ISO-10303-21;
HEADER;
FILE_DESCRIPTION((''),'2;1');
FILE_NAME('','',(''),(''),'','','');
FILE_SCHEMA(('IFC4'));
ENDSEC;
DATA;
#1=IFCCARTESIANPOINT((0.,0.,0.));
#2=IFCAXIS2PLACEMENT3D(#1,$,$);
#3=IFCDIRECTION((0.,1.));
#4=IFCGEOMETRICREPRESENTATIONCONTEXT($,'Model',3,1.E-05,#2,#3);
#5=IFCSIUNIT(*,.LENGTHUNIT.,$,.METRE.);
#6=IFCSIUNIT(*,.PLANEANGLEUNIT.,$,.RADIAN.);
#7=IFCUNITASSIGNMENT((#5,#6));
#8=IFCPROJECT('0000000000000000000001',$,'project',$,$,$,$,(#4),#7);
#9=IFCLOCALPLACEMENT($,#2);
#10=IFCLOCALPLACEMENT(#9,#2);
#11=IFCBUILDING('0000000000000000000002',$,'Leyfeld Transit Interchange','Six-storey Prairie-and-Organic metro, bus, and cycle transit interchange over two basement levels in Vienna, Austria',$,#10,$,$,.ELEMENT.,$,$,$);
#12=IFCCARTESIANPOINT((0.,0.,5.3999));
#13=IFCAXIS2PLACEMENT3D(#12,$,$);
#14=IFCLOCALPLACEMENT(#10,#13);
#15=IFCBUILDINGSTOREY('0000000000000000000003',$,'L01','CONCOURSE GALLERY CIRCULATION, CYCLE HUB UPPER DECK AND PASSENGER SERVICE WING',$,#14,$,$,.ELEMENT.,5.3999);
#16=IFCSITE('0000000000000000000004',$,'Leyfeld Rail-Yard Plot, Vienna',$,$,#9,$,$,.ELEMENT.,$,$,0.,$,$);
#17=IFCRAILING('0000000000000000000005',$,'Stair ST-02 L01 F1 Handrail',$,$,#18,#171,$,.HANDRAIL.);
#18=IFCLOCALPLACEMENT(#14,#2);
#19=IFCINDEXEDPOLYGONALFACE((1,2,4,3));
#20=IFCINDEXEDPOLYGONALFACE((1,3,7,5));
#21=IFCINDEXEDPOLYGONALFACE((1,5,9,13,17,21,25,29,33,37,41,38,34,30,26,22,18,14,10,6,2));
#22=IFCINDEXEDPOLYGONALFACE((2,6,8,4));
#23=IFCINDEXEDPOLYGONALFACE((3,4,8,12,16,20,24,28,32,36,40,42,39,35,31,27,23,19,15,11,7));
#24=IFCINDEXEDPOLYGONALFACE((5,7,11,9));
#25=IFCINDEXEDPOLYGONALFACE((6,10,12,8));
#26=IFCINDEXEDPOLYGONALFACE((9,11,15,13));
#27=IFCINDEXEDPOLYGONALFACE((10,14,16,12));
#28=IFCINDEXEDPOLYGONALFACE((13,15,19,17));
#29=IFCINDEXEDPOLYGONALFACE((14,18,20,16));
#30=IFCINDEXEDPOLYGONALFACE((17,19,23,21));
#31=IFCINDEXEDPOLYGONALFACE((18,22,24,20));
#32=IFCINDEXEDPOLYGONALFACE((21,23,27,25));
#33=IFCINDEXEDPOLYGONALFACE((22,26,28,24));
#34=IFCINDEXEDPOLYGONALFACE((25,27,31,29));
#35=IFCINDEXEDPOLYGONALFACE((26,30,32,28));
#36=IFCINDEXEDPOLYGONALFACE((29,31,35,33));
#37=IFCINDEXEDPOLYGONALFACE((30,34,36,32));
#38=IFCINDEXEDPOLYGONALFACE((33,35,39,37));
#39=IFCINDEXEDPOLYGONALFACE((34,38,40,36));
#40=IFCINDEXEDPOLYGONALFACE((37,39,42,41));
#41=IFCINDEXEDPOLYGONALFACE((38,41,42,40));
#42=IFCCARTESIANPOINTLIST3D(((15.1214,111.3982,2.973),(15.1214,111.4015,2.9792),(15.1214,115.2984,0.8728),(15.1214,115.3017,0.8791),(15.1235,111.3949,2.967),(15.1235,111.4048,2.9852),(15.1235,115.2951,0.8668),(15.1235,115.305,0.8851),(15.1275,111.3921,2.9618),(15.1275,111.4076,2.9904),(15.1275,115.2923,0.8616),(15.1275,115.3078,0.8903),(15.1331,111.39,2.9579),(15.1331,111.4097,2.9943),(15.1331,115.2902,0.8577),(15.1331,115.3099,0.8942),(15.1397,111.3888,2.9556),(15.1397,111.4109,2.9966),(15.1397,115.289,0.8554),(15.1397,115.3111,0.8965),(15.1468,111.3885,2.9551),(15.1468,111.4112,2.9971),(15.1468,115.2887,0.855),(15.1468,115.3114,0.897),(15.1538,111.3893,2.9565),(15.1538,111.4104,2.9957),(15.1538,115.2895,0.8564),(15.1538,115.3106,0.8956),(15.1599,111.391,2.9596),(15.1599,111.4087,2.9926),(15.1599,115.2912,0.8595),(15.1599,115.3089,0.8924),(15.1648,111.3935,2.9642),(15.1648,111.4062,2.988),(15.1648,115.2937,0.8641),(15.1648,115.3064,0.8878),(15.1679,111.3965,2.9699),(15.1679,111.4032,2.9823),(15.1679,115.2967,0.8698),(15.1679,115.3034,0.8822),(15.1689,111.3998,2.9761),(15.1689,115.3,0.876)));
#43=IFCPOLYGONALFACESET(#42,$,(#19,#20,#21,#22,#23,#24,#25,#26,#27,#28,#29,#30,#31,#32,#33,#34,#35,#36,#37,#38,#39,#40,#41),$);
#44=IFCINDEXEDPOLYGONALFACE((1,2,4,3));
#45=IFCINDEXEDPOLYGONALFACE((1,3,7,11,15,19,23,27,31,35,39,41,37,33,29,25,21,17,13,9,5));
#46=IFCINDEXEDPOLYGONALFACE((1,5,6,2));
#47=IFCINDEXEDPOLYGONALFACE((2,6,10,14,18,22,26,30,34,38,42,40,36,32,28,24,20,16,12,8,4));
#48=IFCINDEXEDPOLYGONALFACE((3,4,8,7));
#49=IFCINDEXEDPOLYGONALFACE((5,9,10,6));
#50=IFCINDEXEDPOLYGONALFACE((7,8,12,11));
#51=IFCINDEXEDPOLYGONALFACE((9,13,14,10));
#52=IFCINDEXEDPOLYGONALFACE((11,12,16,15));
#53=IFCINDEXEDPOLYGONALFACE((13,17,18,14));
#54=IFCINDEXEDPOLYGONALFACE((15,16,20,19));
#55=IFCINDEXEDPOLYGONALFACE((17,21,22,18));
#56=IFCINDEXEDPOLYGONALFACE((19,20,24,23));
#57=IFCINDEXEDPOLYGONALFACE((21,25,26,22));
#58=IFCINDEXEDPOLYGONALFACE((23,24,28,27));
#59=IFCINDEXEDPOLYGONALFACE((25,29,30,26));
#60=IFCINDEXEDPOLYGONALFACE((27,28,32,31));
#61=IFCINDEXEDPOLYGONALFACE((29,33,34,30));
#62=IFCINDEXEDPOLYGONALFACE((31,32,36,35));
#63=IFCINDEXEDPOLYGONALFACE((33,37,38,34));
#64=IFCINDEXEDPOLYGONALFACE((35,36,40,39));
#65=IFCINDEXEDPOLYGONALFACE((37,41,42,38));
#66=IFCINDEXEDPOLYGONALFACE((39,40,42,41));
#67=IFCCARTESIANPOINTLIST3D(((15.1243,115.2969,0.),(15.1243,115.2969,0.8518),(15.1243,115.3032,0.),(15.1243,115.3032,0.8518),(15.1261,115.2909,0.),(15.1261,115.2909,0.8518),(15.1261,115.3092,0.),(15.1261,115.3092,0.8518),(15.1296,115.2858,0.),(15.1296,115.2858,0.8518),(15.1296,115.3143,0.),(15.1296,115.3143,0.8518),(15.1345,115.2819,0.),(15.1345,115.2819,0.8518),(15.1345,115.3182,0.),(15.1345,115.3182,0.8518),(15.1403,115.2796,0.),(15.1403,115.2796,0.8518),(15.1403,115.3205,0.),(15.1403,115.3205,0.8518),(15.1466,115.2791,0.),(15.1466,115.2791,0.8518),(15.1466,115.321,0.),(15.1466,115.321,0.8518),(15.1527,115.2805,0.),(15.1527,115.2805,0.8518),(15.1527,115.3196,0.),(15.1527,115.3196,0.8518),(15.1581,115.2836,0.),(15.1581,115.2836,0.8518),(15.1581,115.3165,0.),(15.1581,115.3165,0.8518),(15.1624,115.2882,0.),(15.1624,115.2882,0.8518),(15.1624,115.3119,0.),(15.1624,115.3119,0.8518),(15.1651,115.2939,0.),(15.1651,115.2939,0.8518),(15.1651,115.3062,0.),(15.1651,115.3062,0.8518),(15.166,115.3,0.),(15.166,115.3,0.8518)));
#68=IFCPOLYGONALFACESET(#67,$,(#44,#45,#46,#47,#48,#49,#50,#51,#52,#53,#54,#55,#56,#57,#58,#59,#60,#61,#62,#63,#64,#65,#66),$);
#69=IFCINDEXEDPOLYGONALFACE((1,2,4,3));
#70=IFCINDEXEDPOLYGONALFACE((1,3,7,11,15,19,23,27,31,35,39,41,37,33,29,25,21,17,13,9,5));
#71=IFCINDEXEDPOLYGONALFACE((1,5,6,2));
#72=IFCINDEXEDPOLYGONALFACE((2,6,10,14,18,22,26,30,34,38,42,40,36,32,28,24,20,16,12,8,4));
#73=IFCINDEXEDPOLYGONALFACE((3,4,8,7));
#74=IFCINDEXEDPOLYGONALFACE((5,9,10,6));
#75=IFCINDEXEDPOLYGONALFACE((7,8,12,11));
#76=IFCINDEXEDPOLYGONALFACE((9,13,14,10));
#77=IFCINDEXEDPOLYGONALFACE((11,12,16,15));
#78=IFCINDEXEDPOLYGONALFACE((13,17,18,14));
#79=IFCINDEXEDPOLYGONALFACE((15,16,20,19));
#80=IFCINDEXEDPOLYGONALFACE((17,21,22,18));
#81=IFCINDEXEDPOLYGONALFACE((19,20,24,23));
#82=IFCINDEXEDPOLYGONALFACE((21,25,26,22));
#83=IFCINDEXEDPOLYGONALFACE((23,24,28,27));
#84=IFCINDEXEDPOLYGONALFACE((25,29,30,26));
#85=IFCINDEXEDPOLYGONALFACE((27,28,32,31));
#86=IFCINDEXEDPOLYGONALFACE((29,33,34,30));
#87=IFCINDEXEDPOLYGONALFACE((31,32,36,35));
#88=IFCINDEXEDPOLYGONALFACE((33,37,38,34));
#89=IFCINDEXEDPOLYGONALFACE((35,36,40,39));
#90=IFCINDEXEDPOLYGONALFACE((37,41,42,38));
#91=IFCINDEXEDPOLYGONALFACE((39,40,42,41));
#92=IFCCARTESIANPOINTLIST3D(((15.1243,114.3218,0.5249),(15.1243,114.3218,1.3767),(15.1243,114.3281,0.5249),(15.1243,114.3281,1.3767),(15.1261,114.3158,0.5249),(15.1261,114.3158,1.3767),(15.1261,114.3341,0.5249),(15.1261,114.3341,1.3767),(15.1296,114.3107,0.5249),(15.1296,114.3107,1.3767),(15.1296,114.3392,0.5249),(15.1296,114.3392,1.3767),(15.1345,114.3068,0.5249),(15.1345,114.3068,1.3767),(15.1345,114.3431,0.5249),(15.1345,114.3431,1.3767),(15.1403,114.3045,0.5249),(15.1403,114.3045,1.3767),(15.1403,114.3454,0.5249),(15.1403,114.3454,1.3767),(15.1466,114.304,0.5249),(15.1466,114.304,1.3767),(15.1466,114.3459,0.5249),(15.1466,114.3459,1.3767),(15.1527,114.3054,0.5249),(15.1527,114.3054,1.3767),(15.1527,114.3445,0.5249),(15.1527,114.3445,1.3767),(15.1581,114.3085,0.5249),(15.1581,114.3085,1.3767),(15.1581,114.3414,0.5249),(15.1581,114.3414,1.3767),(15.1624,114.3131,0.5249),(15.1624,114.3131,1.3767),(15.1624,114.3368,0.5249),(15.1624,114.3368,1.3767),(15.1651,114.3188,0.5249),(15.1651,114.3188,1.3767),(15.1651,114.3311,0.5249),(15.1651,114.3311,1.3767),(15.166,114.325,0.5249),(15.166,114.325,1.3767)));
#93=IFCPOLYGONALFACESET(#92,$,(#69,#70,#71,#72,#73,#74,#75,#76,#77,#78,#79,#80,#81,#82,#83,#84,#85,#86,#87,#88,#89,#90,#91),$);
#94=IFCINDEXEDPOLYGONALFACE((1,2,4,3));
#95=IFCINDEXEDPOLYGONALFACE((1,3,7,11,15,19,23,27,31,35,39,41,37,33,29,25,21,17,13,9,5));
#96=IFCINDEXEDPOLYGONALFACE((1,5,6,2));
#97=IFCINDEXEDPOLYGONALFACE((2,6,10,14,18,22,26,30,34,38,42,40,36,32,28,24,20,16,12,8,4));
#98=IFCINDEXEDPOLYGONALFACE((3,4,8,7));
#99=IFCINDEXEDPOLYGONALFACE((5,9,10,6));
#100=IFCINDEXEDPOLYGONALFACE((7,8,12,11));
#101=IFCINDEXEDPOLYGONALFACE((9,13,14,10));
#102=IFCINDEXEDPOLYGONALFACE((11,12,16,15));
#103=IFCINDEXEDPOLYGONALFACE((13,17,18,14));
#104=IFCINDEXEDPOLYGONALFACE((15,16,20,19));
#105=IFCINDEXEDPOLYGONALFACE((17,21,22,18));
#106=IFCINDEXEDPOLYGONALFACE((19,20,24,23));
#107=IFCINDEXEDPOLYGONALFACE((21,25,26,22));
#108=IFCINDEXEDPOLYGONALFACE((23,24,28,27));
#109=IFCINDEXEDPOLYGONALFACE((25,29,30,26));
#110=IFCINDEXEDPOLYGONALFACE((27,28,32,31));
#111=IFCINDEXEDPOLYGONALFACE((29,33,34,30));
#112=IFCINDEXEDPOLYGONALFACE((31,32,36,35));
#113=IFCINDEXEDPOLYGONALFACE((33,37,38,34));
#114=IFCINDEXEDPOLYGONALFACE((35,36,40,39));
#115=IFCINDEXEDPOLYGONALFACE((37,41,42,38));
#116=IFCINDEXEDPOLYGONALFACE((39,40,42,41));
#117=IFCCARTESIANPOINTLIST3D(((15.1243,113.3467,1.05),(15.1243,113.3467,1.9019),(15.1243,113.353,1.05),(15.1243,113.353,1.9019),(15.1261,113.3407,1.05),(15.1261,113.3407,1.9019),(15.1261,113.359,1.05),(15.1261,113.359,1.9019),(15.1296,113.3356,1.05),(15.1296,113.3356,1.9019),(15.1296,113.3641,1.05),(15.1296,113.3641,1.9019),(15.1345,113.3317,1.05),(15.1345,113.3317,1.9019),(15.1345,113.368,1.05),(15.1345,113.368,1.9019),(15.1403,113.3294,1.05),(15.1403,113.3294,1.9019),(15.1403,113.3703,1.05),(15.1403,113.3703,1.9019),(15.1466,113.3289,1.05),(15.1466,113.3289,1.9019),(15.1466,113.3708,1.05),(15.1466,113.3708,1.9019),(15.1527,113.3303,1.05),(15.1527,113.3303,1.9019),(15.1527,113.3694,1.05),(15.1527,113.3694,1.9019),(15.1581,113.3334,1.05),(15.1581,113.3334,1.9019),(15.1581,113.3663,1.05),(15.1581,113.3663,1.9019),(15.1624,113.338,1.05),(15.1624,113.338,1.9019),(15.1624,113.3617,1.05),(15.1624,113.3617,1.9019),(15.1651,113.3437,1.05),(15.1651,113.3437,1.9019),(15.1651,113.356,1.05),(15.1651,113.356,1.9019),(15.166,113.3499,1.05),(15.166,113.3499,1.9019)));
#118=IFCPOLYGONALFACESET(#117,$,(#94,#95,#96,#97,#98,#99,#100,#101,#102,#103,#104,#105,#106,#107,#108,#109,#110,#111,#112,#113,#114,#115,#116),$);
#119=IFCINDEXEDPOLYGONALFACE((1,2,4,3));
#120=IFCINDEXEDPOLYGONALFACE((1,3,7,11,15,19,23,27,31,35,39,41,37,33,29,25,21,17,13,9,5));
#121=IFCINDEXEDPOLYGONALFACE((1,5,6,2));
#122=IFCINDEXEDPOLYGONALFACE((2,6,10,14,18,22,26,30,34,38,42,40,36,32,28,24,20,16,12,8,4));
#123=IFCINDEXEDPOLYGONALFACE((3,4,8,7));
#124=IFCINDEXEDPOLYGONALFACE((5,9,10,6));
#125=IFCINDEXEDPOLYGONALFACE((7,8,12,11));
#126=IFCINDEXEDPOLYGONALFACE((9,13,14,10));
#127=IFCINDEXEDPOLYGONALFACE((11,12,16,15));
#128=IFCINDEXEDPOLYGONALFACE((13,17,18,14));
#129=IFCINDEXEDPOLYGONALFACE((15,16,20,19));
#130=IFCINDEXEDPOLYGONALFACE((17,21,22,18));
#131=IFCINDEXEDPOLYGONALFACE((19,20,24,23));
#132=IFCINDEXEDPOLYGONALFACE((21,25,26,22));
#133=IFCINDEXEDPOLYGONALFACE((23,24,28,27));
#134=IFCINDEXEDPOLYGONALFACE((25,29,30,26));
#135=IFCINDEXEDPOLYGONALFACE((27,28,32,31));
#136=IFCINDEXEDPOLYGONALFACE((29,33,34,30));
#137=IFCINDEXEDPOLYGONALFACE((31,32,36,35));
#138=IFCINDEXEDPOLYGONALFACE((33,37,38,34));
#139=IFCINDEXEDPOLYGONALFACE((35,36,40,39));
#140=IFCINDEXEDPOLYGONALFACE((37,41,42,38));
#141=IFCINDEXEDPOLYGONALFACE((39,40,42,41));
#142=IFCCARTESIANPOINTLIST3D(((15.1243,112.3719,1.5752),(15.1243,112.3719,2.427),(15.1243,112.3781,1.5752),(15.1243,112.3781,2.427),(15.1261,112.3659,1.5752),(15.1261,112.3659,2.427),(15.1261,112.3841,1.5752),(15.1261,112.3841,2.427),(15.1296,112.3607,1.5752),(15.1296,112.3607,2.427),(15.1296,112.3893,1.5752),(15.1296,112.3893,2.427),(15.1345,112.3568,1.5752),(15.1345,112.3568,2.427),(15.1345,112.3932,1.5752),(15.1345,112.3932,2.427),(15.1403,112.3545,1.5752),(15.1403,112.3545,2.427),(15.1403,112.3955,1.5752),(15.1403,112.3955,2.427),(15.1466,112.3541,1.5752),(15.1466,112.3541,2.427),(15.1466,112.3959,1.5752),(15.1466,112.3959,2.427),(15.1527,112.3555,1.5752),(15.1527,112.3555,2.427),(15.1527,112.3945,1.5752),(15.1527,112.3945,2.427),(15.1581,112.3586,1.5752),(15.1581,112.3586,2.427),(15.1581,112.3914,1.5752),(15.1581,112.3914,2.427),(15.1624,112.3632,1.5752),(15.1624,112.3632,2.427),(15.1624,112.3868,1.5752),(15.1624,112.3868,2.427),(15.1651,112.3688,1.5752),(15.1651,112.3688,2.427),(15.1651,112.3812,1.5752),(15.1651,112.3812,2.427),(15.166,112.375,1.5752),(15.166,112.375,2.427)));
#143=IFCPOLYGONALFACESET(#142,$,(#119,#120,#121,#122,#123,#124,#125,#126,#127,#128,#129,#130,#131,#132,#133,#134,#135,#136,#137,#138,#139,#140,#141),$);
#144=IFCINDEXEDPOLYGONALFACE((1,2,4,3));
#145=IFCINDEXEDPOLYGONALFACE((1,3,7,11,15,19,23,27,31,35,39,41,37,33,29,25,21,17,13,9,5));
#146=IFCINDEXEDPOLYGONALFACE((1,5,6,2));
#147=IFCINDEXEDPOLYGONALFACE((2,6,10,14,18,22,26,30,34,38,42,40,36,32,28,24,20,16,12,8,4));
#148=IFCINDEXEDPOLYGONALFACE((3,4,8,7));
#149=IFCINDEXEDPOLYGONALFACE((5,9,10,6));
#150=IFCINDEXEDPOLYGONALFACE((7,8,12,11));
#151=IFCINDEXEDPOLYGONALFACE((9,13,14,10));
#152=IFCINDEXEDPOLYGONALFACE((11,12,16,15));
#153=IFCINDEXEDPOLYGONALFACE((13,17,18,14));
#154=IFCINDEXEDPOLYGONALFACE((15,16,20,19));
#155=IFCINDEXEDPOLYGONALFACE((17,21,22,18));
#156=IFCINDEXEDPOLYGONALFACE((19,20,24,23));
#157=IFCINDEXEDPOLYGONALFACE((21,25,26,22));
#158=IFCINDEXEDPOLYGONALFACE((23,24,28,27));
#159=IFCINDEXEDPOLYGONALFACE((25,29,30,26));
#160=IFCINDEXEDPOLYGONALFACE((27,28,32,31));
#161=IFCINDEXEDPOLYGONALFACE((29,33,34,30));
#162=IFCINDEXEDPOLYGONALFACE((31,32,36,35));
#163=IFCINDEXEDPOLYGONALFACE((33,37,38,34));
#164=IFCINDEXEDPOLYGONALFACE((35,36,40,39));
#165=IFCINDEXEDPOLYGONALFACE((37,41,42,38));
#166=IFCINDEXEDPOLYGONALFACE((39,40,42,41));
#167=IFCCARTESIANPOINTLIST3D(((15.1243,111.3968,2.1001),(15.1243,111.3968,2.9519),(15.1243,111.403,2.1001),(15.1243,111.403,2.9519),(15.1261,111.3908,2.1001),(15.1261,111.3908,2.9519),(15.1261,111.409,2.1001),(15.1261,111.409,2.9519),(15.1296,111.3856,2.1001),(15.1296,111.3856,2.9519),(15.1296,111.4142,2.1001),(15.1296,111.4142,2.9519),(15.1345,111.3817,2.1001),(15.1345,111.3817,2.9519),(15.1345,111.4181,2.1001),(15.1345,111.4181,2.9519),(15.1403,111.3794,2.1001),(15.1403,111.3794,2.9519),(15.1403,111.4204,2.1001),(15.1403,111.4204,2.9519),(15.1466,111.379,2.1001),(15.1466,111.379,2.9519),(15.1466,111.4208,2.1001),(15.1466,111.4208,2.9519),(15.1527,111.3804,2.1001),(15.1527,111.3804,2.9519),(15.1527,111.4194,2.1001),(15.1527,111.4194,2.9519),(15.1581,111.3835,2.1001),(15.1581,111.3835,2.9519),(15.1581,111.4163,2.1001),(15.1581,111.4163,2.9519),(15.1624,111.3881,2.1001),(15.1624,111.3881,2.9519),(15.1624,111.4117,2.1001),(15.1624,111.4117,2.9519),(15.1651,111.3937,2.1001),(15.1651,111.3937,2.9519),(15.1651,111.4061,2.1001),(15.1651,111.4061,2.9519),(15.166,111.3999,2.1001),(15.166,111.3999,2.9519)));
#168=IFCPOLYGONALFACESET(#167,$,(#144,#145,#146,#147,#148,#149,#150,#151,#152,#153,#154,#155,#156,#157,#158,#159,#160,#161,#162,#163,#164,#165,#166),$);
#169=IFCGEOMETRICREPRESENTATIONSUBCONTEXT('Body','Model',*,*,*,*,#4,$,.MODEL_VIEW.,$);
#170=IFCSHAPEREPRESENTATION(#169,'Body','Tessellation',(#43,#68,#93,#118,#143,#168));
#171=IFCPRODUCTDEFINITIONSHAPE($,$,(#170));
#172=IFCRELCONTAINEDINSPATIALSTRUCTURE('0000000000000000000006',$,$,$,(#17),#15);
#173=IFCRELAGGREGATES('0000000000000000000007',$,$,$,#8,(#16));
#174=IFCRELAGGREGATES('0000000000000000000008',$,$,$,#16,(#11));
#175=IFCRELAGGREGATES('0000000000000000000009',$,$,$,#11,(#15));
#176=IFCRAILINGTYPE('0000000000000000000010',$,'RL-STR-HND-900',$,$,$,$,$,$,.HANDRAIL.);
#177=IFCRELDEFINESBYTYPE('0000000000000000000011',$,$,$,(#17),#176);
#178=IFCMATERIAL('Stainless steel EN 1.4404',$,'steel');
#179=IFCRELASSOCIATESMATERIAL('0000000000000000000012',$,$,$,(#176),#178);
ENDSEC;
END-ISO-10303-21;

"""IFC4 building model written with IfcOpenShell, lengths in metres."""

from ifc_helpers import new_model, si_unit, direction, frame, origin, origin_2d, place, context, subcontext, project, spatial, circle, extrude, material, type_object, element, save


model = new_model("IFC4")

# Units and contexts
model_context = context("Model", 3, precision=1e-05, world=origin(), true_north=direction((0.0, 1.0)))
body_context = subcontext(model_context, "Body", "Model", "MODEL_VIEW")
ifc_project = project(units=[si_unit("LENGTHUNIT", "METRE"), si_unit("PLANEANGLEUNIT", "RADIAN")], contexts=[model_context])

# Site, building, storey
site_placement = place(None, origin())
site = spatial("IfcSite", under=ifc_project, at=site_placement, Name="Leyfeld Rail-Yard Plot, Vienna", CompositionType="ELEMENT", RefElevation=0.0)
building_placement = place(site_placement, origin())
building = spatial("IfcBuilding", under=site, at=building_placement, Name="Leyfeld Transit Interchange", Description="Six-storey Prairie-and-Organic metro, bus, and cycle transit interchange over two basement levels in Vienna, Austria", CompositionType="ELEMENT")
storey_placement = place(building_placement, frame((0.0, 0.0, 5.3999)))
storey = spatial("IfcBuildingStorey", under=building, at=storey_placement, Name="L01", Description="CONCOURSE GALLERY CIRCULATION, CYCLE HUB UPPER DECK AND PASSENGER SERVICE WING", CompositionType="ELEMENT", Elevation=5.3999)

# Shared definitions
ifc_material_1 = material(Name="Stainless steel EN 1.4404", Category="steel")

# Railing
railing_type_1 = type_object("IfcRailingType", Name="RL-STR-HND-900", PredefinedType="HANDRAIL", material=ifc_material_1)
railing_1_placement = place(storey_placement, frame((15.145, 115.3, 0.0)))
element("IfcRailing", 1, at=railing_1_placement, inside=storey, type_object=railing_type_1, Name="Stair ST-02 L01 F1 Handrail", PredefinedType="HANDRAIL", context=body_context, shape_type="SweptSolid", body=[
    extrude(circle(Radius=0.0239, at=origin_2d()), frame((0.0, 0.0, 0.876), z_axis=(0.0, -0.880469, 0.474103), x_axis=(1.0, 0.0, 0.0)), (0.0, 0.0, 1.0), 4.4297),
    extrude(circle(Radius=0.021, at=origin_2d()), origin(), (0.0, 0.0, 1.0), 0.8518),
    extrude(circle(Radius=0.021, at=origin_2d()), frame((0.0, -0.9751, 0.5249)), (0.0, 0.0, 1.0), 0.8518),
    extrude(circle(Radius=0.021, at=origin_2d()), frame((0.0, -1.9502, 1.05)), (0.0, 0.0, 1.0), 0.8518),
    extrude(circle(Radius=0.021, at=origin_2d()), frame((0.0, -2.925, 1.5752)), (0.0, 0.0, 1.0), 0.8518),
    extrude(circle(Radius=0.021, at=origin_2d()), frame((0.0, -3.9001, 2.1001)), (0.0, 0.0, 1.0), 0.8518),
])

save(model, "model.ifc")
